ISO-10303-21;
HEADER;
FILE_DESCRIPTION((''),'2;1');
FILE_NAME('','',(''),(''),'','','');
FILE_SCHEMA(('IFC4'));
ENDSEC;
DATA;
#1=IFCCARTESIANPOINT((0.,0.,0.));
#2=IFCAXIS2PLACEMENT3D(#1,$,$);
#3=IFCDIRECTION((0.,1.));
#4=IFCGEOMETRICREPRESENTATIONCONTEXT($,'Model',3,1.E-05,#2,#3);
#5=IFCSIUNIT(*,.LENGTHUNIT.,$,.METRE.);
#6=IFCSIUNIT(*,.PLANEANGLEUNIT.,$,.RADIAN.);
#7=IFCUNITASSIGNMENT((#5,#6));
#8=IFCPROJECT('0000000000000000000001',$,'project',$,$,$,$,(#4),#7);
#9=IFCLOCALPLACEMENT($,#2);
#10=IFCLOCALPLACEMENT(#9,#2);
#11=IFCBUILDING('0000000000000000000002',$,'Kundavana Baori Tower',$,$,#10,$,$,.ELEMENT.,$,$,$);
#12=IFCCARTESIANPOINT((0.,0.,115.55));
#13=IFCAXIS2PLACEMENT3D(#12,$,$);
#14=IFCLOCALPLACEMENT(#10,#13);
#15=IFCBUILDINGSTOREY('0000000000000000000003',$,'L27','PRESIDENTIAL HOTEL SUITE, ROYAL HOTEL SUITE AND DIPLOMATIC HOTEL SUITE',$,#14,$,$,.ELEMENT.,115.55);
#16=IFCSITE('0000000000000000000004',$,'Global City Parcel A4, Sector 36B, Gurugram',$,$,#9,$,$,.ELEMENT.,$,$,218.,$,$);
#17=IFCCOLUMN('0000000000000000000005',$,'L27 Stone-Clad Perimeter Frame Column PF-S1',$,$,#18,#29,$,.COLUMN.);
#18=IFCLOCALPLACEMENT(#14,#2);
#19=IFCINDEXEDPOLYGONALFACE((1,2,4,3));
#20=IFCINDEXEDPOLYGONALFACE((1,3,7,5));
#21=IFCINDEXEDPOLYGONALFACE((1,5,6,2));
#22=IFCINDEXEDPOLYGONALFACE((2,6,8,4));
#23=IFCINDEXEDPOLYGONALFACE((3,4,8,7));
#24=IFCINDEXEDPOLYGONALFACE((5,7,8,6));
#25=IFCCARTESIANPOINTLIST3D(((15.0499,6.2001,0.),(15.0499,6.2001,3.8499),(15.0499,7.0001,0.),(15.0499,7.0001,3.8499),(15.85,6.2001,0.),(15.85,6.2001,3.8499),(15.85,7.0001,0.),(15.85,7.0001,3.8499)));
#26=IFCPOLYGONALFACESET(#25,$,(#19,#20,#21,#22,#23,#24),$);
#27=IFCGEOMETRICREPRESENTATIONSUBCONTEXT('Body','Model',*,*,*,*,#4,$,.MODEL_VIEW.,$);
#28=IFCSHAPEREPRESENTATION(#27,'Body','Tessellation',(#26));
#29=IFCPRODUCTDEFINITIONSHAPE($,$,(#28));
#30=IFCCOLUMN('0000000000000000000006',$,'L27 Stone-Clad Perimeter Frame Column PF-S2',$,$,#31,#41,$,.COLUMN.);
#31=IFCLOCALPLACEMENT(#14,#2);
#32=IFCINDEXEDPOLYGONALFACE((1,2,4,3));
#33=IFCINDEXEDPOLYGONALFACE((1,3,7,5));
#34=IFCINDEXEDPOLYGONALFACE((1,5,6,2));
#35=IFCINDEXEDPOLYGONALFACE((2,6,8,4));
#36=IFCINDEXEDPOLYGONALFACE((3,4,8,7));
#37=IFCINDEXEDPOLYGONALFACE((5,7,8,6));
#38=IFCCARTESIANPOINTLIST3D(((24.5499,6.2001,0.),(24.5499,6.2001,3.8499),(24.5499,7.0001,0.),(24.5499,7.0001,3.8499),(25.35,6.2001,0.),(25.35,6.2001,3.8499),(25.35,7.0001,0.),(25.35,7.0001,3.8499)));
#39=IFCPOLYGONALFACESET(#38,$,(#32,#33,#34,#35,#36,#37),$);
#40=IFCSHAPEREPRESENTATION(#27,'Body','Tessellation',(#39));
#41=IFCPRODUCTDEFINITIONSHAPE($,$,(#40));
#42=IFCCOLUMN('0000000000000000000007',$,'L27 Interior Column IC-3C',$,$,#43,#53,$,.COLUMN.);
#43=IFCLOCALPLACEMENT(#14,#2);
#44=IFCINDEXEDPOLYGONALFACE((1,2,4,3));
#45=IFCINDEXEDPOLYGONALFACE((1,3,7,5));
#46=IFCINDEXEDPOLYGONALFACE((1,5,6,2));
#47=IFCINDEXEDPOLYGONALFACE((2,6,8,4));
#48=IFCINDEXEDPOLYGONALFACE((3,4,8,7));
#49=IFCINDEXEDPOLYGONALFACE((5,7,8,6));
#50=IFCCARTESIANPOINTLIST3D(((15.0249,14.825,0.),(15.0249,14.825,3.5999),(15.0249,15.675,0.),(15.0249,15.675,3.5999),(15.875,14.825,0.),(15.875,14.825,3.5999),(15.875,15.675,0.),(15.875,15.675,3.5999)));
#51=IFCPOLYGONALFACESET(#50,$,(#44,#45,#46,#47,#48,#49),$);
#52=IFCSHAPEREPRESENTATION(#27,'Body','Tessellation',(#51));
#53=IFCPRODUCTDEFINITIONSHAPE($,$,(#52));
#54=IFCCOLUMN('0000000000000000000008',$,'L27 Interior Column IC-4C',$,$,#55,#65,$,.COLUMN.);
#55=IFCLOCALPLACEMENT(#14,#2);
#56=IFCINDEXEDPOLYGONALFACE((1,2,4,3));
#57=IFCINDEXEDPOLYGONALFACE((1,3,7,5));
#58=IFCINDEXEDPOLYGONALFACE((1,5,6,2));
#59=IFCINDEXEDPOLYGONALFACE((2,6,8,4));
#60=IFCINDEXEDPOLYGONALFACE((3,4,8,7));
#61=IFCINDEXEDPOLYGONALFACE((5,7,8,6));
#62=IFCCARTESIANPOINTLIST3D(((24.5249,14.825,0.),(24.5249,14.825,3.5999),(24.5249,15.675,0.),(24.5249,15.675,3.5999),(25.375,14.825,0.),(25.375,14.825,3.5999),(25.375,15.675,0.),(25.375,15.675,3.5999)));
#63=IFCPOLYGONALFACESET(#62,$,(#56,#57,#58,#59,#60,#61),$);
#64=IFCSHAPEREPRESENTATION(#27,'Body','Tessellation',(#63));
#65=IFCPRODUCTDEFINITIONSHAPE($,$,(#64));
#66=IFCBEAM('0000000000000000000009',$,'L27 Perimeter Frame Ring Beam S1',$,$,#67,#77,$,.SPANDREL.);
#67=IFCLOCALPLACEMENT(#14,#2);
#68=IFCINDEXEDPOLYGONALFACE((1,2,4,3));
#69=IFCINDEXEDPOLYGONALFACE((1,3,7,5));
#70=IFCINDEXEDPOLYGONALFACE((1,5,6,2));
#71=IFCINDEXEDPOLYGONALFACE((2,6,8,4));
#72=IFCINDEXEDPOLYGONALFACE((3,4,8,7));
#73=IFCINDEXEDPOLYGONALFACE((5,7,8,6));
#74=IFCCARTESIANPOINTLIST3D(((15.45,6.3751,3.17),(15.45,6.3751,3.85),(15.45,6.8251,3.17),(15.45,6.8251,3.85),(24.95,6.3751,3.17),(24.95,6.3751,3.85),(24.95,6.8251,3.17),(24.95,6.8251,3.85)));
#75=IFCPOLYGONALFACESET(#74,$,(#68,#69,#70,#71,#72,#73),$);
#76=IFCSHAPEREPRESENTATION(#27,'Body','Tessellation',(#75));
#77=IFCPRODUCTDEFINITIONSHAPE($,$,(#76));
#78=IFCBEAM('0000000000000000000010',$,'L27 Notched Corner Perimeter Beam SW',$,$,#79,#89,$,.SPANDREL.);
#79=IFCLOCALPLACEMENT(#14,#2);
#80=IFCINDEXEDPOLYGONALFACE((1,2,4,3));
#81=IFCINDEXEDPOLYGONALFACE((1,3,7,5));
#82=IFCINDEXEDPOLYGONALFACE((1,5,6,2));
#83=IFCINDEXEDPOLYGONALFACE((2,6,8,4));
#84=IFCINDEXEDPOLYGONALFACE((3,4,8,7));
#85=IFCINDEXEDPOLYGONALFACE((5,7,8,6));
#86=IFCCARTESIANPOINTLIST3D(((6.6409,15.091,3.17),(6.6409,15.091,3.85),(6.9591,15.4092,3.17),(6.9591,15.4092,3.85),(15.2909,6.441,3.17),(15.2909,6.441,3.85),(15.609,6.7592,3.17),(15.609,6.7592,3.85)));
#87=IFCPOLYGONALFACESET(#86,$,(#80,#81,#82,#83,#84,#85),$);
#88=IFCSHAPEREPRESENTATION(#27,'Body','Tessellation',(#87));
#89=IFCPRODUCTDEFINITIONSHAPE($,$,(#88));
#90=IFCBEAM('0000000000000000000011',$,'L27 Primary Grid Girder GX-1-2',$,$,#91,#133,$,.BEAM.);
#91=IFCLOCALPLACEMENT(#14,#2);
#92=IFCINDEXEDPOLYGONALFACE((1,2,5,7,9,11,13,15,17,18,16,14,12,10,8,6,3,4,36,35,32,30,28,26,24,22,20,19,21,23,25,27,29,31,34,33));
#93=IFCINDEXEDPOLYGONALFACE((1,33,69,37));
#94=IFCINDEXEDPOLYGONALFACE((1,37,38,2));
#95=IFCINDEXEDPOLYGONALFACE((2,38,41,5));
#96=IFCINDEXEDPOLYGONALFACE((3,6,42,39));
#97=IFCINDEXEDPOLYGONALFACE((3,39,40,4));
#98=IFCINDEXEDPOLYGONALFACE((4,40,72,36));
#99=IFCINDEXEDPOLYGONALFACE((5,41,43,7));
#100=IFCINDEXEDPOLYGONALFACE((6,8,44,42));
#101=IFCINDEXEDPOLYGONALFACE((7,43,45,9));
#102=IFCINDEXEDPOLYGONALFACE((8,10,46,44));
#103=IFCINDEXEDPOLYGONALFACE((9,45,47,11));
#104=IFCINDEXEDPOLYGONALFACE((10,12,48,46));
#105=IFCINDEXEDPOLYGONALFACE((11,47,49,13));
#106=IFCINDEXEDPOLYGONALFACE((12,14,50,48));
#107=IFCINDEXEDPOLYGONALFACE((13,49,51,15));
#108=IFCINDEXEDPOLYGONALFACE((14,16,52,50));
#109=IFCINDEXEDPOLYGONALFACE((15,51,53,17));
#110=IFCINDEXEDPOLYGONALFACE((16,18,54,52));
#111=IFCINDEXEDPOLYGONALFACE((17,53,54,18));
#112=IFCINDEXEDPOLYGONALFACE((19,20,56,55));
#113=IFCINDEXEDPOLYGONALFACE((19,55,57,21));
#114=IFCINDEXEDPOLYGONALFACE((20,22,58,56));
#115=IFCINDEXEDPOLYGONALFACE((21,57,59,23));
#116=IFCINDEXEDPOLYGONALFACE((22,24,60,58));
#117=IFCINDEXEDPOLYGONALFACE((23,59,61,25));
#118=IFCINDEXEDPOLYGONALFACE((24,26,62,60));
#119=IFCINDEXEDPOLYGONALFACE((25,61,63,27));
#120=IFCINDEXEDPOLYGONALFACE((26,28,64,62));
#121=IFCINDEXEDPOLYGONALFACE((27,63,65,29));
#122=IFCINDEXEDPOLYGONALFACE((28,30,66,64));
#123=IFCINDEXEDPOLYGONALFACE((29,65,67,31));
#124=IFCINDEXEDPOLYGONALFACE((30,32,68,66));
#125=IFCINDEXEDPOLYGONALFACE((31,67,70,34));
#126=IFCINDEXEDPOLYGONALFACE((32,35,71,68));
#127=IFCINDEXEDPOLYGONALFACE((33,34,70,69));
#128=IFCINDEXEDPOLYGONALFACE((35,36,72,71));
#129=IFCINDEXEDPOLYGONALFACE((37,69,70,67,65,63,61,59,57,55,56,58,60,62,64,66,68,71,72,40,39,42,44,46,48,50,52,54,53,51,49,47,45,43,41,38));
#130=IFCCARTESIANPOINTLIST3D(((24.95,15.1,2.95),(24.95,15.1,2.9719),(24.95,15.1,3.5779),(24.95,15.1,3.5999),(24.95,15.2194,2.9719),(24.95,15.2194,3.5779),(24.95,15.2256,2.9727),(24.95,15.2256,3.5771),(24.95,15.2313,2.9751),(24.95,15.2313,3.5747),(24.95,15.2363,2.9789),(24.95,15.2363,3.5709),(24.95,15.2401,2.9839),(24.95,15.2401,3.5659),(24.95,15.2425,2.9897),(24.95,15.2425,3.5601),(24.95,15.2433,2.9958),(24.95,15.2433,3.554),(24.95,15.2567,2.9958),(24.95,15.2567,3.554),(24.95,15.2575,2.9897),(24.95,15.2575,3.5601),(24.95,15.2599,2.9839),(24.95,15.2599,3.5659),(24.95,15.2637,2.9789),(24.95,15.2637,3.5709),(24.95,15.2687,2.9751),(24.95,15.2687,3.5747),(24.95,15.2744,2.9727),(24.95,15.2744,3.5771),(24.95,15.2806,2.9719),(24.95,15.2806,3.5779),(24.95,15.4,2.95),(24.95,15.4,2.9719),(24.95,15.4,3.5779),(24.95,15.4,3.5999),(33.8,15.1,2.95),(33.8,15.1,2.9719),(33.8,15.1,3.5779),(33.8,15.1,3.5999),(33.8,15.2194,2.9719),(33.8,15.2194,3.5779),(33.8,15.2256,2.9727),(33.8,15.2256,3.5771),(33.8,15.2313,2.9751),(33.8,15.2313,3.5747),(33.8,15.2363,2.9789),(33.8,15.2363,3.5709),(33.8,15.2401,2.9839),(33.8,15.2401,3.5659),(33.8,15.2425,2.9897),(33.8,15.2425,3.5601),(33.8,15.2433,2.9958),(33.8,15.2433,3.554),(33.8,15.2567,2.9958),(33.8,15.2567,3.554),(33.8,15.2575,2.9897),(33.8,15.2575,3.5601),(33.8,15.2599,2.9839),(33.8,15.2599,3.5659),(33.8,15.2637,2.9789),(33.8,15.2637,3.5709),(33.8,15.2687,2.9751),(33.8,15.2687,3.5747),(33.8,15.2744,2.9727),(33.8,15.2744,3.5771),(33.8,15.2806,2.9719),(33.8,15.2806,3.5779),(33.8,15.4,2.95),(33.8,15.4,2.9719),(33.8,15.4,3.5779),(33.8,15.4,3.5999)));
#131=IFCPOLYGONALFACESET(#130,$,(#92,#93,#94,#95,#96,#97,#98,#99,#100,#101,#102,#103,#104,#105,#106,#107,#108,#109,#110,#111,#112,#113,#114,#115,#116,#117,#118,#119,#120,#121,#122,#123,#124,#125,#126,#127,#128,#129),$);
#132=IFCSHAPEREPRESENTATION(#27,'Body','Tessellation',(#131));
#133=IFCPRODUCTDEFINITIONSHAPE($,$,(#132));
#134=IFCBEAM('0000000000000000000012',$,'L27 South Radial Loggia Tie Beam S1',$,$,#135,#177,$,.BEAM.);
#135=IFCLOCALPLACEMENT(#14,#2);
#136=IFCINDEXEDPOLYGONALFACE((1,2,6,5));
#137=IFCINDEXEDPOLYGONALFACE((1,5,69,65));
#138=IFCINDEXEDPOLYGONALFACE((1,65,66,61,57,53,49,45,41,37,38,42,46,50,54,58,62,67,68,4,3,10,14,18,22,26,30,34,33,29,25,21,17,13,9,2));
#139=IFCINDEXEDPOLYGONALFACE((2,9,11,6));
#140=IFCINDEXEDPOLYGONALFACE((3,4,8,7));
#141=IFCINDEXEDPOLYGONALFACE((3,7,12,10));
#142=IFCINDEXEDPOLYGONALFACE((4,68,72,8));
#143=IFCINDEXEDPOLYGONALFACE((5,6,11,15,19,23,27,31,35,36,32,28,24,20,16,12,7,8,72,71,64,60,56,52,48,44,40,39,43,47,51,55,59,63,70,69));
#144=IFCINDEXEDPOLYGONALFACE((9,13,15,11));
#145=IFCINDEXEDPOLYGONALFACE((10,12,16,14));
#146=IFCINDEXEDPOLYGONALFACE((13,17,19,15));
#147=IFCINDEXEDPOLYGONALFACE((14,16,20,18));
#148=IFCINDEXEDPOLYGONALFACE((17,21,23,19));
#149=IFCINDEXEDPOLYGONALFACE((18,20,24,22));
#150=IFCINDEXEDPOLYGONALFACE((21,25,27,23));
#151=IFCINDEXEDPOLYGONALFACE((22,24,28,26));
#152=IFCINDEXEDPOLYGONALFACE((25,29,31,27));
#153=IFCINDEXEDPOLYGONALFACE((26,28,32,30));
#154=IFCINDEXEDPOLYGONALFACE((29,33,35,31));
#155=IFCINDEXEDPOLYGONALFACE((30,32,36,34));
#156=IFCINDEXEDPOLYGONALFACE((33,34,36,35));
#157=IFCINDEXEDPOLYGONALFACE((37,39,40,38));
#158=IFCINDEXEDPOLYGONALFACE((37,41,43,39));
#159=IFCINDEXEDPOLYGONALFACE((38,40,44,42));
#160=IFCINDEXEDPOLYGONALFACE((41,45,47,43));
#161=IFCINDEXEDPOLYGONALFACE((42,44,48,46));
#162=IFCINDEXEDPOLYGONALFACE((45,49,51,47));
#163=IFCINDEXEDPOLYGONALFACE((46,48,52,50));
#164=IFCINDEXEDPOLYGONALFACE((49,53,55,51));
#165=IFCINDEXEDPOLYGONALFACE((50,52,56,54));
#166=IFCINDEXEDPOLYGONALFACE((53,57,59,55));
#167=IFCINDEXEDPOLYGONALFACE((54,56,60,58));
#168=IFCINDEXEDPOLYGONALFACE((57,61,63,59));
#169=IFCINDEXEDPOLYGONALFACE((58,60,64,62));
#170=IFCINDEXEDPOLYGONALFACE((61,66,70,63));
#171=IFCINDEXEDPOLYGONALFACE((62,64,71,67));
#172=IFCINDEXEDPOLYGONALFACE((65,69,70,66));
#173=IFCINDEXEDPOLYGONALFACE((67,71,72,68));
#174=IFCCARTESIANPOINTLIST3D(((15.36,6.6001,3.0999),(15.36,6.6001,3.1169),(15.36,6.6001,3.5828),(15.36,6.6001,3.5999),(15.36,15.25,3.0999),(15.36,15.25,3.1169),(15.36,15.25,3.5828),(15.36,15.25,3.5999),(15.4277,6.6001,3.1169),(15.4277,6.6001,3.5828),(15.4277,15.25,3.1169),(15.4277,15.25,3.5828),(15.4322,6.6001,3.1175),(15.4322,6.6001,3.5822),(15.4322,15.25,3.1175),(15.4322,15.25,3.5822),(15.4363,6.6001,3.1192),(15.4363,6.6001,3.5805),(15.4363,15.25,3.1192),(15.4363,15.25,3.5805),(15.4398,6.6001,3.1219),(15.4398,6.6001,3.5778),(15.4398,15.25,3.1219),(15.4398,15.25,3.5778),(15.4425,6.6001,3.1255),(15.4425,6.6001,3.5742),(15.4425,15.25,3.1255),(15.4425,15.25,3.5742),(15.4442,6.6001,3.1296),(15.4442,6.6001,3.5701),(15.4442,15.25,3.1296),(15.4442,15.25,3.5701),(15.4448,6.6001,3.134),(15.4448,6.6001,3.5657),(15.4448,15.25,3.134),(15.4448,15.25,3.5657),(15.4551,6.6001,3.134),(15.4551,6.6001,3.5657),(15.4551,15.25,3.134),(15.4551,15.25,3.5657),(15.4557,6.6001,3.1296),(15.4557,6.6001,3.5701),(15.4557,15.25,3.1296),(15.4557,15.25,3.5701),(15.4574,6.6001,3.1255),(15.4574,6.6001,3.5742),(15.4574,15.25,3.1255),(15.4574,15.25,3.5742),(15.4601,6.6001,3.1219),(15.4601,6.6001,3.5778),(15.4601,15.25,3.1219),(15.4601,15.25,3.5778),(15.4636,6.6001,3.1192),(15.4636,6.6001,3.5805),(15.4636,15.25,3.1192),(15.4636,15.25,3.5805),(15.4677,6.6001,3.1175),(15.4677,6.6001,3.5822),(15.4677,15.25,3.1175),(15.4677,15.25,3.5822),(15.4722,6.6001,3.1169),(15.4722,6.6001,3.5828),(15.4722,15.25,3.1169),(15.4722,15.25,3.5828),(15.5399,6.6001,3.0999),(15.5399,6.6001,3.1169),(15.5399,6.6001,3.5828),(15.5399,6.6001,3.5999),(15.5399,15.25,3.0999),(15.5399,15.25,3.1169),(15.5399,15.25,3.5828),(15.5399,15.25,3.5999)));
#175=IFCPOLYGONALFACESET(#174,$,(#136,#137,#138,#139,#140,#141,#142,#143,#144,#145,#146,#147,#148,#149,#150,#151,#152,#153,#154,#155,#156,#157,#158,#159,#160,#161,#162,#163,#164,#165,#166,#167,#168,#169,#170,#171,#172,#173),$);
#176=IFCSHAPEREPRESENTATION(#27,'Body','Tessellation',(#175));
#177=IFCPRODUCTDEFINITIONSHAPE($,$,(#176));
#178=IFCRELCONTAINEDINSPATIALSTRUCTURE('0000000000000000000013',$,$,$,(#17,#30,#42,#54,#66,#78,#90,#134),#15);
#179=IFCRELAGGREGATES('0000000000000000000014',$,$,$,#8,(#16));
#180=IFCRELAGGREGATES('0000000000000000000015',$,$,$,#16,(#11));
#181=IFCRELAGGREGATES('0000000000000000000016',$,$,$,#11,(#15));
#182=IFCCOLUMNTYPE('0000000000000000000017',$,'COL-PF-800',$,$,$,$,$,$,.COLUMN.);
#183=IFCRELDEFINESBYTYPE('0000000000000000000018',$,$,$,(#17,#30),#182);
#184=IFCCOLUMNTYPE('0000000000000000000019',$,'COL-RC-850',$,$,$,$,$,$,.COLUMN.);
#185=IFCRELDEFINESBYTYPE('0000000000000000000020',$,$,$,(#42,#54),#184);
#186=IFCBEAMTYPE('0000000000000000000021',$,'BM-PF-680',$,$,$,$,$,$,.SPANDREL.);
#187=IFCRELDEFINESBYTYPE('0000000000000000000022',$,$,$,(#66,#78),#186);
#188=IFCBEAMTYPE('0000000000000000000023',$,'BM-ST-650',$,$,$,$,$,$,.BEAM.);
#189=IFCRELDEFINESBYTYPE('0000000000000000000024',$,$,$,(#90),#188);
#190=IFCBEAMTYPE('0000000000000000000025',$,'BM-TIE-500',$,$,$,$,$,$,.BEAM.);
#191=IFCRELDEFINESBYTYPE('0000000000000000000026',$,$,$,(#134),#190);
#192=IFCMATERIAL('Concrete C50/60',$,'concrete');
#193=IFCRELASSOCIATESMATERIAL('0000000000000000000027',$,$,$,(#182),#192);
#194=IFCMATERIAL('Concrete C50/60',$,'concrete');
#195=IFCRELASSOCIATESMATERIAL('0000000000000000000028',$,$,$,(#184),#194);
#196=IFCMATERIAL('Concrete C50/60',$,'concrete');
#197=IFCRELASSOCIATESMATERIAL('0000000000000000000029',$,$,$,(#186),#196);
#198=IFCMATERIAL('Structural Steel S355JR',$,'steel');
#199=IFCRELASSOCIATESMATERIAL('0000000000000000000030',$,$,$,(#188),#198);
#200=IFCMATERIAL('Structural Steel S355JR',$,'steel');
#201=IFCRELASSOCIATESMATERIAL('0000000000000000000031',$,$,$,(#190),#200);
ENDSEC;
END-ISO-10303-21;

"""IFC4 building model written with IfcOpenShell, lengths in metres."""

from ifc_helpers import new_model, si_unit, direction, frame, origin, origin_2d, place, context, subcontext, project, spatial, rectangle, i_section, extrude, material, material_profile, profile_set, type_object, element, save


model = new_model("IFC4")

# Units and contexts
model_context = context("Model", 3, precision=1e-05, world=origin(), true_north=direction((0.0, 1.0)))
body_context = subcontext(model_context, "Body", "Model", "MODEL_VIEW")
ifc_project = project(units=[si_unit("LENGTHUNIT", "METRE"), si_unit("PLANEANGLEUNIT", "RADIAN")], contexts=[model_context])

# Site, building, storey
site_placement = place(None, origin())
site = spatial("IfcSite", under=ifc_project, at=site_placement, Name="Global City Parcel A4, Sector 36B, Gurugram", CompositionType="ELEMENT", RefElevation=218.0)
building_placement = place(site_placement, origin())
building = spatial("IfcBuilding", under=site, at=building_placement, Name="Kundavana Baori Tower", CompositionType="ELEMENT")
storey_placement = place(building_placement, frame((0.0, 0.0, 115.55)))
storey = spatial("IfcBuildingStorey", under=building, at=storey_placement, Name="L27", Description="PRESIDENTIAL HOTEL SUITE, ROYAL HOTEL SUITE AND DIPLOMATIC HOTEL SUITE", CompositionType="ELEMENT", Elevation=115.55)

# Columns
ifc_material_1 = material(Name="Concrete C50/60", Category="concrete")
ifc_material_profile_1 = material_profile(ifc_material_1, rectangle(XDim=0.8, YDim=0.8, at=origin_2d()), Name="RC PF 800x800")
ifc_profile_set_1 = profile_set([ifc_material_profile_1], Name="Concrete C50/60")
column_type_1 = type_object("IfcColumnType", Name="COL-PF-800", PredefinedType="COLUMN", material=ifc_profile_set_1)
for number, where, z_axis, x_axis, name in (
    (1, (15.45, 6.6001, 0.0), (0.0, 0.0, 1.0), (1.0, 0.0, 0.0), "L27 Stone-Clad Perimeter Frame Column PF-S1"),
    (2, (24.95, 6.6001, 0.0), (0.0, 0.0, 1.0), (1.0, 0.0, 0.0), "L27 Stone-Clad Perimeter Frame Column PF-S2"),
):
    element("IfcColumn", number, at=place(storey_placement, frame(where, z_axis=z_axis, x_axis=x_axis)), inside=storey, type_object=column_type_1, Name=name, PredefinedType="COLUMN", context=body_context, shape_type="SweptSolid", body=[
        extrude(rectangle(XDim=0.8, YDim=0.8, at=origin_2d()), origin(), (0.0, 0.0, 1.0), 3.8499),
    ])
ifc_material_2 = material(Name="Concrete C50/60", Category="concrete")
ifc_material_profile_2 = material_profile(ifc_material_2, rectangle(XDim=0.8501, YDim=0.8501, at=origin_2d()), Name="RC 850x850")
ifc_profile_set_2 = profile_set([ifc_material_profile_2], Name="Concrete C50/60")
column_type_2 = type_object("IfcColumnType", Name="COL-RC-850", PredefinedType="COLUMN", material=ifc_profile_set_2)
for number, where, z_axis, x_axis, name in (
    (3, (15.45, 15.25, 0.0), (0.0, 0.0, 1.0), (1.0, 0.0, 0.0), "L27 Interior Column IC-3C"),
    (4, (24.95, 15.25, 0.0), (0.0, 0.0, 1.0), (1.0, 0.0, 0.0), "L27 Interior Column IC-4C"),
):
    element("IfcColumn", number, at=place(storey_placement, frame(where, z_axis=z_axis, x_axis=x_axis)), inside=storey, type_object=column_type_2, Name=name, PredefinedType="COLUMN", context=body_context, shape_type="SweptSolid", body=[
        extrude(rectangle(XDim=0.8501, YDim=0.8501, at=origin_2d()), origin(), (0.0, 0.0, 1.0), 3.5999),
    ])

# Beams
ifc_material_3 = material(Name="Concrete C50/60", Category="concrete")
ifc_material_profile_3 = material_profile(ifc_material_3, rectangle(XDim=0.45, YDim=0.6799, at=origin_2d()), Name="RC BM 450x680")
ifc_profile_set_3 = profile_set([ifc_material_profile_3], Name="Concrete C50/60")
beam_type_1 = type_object("IfcBeamType", Name="BM-PF-680", PredefinedType="SPANDREL", material=ifc_profile_set_3)
beam_1_placement = place(storey_placement, frame((15.45, 6.6001, 3.51), z_axis=(1.0, 0.0, 0.0), x_axis=(0.0, 1.0, 0.0)))
element("IfcBeam", 5, at=beam_1_placement, inside=storey, type_object=beam_type_1, Name="L27 Perimeter Frame Ring Beam S1", PredefinedType="SPANDREL", context=body_context, shape_type="SweptSolid", body=[
    extrude(rectangle(XDim=0.45, YDim=0.6799, at=origin_2d()), origin(), (0.0, 0.0, 1.0), 9.5),
])
beam_2_placement = place(storey_placement, frame((15.45, 6.6001, 3.51), z_axis=(-0.707107, 0.707107, 0.0), x_axis=(-0.707107, -0.707107, 0.0)))
element("IfcBeam", 6, at=beam_2_placement, inside=storey, type_object=beam_type_1, Name="L27 Notched Corner Perimeter Beam SW", PredefinedType="SPANDREL", context=body_context, shape_type="SweptSolid", body=[
    extrude(rectangle(XDim=0.45, YDim=0.6799, at=origin_2d()), origin(), (0.0, 0.0, 1.0), 12.2329),
])
ifc_material_4 = material(Name="Structural Steel S355JR", Category="steel")
ifc_material_profile_4 = material_profile(ifc_material_4, i_section(OverallWidth=0.3, OverallDepth=0.6499, WebThickness=0.0134, FlangeThickness=0.022, FilletRadius=0.0239, at=origin_2d()), Name="NPB 650x300x155")
ifc_profile_set_4 = profile_set([ifc_material_profile_4], Name="Structural Steel S355JR")
beam_type_2 = type_object("IfcBeamType", Name="BM-ST-650", PredefinedType="BEAM", material=ifc_profile_set_4)
beam_3_placement = place(storey_placement, frame((24.95, 15.25, 3.2749), z_axis=(1.0, 0.0, 0.0), x_axis=(0.0, 1.0, 0.0)))
element("IfcBeam", 7, at=beam_3_placement, inside=storey, type_object=beam_type_2, Name="L27 Primary Grid Girder GX-1-2", PredefinedType="BEAM", context=body_context, shape_type="SweptSolid", body=[
    extrude(i_section(OverallWidth=0.3, OverallDepth=0.6499, WebThickness=0.0134, FlangeThickness=0.022, FilletRadius=0.0239, at=origin_2d()), origin(), (0.0, 0.0, 1.0), 8.8501),
])
ifc_material_5 = material(Name="Structural Steel S355JR", Category="steel")
ifc_material_profile_5 = material_profile(ifc_material_5, i_section(OverallWidth=0.1799, OverallDepth=0.5, WebThickness=0.0103, FlangeThickness=0.0171, FilletRadius=0.0171, at=origin_2d()), Name="ISMB 500")
ifc_profile_set_5 = profile_set([ifc_material_profile_5], Name="Structural Steel S355JR")
beam_type_3 = type_object("IfcBeamType", Name="BM-TIE-500", PredefinedType="BEAM", material=ifc_profile_set_5)
for number, where, z_axis, x_axis, name in (
    (8, (15.45, 15.25, 3.3499), (0.0, -1.0, 0.0), (1.0, 0.0, 0.0), "L27 South Radial Loggia Tie Beam S1"),
):
    element("IfcBeam", number, at=place(storey_placement, frame(where, z_axis=z_axis, x_axis=x_axis)), inside=storey, type_object=beam_type_3, Name=name, PredefinedType="BEAM", context=body_context, shape_type="SweptSolid", body=[
        extrude(i_section(OverallWidth=0.1799, OverallDepth=0.5, WebThickness=0.0103, FlangeThickness=0.0171, FilletRadius=0.0171, at=origin_2d()), origin(), (0.0, 0.0, 1.0), 8.6499),
    ])

save(model, "model.ifc")
